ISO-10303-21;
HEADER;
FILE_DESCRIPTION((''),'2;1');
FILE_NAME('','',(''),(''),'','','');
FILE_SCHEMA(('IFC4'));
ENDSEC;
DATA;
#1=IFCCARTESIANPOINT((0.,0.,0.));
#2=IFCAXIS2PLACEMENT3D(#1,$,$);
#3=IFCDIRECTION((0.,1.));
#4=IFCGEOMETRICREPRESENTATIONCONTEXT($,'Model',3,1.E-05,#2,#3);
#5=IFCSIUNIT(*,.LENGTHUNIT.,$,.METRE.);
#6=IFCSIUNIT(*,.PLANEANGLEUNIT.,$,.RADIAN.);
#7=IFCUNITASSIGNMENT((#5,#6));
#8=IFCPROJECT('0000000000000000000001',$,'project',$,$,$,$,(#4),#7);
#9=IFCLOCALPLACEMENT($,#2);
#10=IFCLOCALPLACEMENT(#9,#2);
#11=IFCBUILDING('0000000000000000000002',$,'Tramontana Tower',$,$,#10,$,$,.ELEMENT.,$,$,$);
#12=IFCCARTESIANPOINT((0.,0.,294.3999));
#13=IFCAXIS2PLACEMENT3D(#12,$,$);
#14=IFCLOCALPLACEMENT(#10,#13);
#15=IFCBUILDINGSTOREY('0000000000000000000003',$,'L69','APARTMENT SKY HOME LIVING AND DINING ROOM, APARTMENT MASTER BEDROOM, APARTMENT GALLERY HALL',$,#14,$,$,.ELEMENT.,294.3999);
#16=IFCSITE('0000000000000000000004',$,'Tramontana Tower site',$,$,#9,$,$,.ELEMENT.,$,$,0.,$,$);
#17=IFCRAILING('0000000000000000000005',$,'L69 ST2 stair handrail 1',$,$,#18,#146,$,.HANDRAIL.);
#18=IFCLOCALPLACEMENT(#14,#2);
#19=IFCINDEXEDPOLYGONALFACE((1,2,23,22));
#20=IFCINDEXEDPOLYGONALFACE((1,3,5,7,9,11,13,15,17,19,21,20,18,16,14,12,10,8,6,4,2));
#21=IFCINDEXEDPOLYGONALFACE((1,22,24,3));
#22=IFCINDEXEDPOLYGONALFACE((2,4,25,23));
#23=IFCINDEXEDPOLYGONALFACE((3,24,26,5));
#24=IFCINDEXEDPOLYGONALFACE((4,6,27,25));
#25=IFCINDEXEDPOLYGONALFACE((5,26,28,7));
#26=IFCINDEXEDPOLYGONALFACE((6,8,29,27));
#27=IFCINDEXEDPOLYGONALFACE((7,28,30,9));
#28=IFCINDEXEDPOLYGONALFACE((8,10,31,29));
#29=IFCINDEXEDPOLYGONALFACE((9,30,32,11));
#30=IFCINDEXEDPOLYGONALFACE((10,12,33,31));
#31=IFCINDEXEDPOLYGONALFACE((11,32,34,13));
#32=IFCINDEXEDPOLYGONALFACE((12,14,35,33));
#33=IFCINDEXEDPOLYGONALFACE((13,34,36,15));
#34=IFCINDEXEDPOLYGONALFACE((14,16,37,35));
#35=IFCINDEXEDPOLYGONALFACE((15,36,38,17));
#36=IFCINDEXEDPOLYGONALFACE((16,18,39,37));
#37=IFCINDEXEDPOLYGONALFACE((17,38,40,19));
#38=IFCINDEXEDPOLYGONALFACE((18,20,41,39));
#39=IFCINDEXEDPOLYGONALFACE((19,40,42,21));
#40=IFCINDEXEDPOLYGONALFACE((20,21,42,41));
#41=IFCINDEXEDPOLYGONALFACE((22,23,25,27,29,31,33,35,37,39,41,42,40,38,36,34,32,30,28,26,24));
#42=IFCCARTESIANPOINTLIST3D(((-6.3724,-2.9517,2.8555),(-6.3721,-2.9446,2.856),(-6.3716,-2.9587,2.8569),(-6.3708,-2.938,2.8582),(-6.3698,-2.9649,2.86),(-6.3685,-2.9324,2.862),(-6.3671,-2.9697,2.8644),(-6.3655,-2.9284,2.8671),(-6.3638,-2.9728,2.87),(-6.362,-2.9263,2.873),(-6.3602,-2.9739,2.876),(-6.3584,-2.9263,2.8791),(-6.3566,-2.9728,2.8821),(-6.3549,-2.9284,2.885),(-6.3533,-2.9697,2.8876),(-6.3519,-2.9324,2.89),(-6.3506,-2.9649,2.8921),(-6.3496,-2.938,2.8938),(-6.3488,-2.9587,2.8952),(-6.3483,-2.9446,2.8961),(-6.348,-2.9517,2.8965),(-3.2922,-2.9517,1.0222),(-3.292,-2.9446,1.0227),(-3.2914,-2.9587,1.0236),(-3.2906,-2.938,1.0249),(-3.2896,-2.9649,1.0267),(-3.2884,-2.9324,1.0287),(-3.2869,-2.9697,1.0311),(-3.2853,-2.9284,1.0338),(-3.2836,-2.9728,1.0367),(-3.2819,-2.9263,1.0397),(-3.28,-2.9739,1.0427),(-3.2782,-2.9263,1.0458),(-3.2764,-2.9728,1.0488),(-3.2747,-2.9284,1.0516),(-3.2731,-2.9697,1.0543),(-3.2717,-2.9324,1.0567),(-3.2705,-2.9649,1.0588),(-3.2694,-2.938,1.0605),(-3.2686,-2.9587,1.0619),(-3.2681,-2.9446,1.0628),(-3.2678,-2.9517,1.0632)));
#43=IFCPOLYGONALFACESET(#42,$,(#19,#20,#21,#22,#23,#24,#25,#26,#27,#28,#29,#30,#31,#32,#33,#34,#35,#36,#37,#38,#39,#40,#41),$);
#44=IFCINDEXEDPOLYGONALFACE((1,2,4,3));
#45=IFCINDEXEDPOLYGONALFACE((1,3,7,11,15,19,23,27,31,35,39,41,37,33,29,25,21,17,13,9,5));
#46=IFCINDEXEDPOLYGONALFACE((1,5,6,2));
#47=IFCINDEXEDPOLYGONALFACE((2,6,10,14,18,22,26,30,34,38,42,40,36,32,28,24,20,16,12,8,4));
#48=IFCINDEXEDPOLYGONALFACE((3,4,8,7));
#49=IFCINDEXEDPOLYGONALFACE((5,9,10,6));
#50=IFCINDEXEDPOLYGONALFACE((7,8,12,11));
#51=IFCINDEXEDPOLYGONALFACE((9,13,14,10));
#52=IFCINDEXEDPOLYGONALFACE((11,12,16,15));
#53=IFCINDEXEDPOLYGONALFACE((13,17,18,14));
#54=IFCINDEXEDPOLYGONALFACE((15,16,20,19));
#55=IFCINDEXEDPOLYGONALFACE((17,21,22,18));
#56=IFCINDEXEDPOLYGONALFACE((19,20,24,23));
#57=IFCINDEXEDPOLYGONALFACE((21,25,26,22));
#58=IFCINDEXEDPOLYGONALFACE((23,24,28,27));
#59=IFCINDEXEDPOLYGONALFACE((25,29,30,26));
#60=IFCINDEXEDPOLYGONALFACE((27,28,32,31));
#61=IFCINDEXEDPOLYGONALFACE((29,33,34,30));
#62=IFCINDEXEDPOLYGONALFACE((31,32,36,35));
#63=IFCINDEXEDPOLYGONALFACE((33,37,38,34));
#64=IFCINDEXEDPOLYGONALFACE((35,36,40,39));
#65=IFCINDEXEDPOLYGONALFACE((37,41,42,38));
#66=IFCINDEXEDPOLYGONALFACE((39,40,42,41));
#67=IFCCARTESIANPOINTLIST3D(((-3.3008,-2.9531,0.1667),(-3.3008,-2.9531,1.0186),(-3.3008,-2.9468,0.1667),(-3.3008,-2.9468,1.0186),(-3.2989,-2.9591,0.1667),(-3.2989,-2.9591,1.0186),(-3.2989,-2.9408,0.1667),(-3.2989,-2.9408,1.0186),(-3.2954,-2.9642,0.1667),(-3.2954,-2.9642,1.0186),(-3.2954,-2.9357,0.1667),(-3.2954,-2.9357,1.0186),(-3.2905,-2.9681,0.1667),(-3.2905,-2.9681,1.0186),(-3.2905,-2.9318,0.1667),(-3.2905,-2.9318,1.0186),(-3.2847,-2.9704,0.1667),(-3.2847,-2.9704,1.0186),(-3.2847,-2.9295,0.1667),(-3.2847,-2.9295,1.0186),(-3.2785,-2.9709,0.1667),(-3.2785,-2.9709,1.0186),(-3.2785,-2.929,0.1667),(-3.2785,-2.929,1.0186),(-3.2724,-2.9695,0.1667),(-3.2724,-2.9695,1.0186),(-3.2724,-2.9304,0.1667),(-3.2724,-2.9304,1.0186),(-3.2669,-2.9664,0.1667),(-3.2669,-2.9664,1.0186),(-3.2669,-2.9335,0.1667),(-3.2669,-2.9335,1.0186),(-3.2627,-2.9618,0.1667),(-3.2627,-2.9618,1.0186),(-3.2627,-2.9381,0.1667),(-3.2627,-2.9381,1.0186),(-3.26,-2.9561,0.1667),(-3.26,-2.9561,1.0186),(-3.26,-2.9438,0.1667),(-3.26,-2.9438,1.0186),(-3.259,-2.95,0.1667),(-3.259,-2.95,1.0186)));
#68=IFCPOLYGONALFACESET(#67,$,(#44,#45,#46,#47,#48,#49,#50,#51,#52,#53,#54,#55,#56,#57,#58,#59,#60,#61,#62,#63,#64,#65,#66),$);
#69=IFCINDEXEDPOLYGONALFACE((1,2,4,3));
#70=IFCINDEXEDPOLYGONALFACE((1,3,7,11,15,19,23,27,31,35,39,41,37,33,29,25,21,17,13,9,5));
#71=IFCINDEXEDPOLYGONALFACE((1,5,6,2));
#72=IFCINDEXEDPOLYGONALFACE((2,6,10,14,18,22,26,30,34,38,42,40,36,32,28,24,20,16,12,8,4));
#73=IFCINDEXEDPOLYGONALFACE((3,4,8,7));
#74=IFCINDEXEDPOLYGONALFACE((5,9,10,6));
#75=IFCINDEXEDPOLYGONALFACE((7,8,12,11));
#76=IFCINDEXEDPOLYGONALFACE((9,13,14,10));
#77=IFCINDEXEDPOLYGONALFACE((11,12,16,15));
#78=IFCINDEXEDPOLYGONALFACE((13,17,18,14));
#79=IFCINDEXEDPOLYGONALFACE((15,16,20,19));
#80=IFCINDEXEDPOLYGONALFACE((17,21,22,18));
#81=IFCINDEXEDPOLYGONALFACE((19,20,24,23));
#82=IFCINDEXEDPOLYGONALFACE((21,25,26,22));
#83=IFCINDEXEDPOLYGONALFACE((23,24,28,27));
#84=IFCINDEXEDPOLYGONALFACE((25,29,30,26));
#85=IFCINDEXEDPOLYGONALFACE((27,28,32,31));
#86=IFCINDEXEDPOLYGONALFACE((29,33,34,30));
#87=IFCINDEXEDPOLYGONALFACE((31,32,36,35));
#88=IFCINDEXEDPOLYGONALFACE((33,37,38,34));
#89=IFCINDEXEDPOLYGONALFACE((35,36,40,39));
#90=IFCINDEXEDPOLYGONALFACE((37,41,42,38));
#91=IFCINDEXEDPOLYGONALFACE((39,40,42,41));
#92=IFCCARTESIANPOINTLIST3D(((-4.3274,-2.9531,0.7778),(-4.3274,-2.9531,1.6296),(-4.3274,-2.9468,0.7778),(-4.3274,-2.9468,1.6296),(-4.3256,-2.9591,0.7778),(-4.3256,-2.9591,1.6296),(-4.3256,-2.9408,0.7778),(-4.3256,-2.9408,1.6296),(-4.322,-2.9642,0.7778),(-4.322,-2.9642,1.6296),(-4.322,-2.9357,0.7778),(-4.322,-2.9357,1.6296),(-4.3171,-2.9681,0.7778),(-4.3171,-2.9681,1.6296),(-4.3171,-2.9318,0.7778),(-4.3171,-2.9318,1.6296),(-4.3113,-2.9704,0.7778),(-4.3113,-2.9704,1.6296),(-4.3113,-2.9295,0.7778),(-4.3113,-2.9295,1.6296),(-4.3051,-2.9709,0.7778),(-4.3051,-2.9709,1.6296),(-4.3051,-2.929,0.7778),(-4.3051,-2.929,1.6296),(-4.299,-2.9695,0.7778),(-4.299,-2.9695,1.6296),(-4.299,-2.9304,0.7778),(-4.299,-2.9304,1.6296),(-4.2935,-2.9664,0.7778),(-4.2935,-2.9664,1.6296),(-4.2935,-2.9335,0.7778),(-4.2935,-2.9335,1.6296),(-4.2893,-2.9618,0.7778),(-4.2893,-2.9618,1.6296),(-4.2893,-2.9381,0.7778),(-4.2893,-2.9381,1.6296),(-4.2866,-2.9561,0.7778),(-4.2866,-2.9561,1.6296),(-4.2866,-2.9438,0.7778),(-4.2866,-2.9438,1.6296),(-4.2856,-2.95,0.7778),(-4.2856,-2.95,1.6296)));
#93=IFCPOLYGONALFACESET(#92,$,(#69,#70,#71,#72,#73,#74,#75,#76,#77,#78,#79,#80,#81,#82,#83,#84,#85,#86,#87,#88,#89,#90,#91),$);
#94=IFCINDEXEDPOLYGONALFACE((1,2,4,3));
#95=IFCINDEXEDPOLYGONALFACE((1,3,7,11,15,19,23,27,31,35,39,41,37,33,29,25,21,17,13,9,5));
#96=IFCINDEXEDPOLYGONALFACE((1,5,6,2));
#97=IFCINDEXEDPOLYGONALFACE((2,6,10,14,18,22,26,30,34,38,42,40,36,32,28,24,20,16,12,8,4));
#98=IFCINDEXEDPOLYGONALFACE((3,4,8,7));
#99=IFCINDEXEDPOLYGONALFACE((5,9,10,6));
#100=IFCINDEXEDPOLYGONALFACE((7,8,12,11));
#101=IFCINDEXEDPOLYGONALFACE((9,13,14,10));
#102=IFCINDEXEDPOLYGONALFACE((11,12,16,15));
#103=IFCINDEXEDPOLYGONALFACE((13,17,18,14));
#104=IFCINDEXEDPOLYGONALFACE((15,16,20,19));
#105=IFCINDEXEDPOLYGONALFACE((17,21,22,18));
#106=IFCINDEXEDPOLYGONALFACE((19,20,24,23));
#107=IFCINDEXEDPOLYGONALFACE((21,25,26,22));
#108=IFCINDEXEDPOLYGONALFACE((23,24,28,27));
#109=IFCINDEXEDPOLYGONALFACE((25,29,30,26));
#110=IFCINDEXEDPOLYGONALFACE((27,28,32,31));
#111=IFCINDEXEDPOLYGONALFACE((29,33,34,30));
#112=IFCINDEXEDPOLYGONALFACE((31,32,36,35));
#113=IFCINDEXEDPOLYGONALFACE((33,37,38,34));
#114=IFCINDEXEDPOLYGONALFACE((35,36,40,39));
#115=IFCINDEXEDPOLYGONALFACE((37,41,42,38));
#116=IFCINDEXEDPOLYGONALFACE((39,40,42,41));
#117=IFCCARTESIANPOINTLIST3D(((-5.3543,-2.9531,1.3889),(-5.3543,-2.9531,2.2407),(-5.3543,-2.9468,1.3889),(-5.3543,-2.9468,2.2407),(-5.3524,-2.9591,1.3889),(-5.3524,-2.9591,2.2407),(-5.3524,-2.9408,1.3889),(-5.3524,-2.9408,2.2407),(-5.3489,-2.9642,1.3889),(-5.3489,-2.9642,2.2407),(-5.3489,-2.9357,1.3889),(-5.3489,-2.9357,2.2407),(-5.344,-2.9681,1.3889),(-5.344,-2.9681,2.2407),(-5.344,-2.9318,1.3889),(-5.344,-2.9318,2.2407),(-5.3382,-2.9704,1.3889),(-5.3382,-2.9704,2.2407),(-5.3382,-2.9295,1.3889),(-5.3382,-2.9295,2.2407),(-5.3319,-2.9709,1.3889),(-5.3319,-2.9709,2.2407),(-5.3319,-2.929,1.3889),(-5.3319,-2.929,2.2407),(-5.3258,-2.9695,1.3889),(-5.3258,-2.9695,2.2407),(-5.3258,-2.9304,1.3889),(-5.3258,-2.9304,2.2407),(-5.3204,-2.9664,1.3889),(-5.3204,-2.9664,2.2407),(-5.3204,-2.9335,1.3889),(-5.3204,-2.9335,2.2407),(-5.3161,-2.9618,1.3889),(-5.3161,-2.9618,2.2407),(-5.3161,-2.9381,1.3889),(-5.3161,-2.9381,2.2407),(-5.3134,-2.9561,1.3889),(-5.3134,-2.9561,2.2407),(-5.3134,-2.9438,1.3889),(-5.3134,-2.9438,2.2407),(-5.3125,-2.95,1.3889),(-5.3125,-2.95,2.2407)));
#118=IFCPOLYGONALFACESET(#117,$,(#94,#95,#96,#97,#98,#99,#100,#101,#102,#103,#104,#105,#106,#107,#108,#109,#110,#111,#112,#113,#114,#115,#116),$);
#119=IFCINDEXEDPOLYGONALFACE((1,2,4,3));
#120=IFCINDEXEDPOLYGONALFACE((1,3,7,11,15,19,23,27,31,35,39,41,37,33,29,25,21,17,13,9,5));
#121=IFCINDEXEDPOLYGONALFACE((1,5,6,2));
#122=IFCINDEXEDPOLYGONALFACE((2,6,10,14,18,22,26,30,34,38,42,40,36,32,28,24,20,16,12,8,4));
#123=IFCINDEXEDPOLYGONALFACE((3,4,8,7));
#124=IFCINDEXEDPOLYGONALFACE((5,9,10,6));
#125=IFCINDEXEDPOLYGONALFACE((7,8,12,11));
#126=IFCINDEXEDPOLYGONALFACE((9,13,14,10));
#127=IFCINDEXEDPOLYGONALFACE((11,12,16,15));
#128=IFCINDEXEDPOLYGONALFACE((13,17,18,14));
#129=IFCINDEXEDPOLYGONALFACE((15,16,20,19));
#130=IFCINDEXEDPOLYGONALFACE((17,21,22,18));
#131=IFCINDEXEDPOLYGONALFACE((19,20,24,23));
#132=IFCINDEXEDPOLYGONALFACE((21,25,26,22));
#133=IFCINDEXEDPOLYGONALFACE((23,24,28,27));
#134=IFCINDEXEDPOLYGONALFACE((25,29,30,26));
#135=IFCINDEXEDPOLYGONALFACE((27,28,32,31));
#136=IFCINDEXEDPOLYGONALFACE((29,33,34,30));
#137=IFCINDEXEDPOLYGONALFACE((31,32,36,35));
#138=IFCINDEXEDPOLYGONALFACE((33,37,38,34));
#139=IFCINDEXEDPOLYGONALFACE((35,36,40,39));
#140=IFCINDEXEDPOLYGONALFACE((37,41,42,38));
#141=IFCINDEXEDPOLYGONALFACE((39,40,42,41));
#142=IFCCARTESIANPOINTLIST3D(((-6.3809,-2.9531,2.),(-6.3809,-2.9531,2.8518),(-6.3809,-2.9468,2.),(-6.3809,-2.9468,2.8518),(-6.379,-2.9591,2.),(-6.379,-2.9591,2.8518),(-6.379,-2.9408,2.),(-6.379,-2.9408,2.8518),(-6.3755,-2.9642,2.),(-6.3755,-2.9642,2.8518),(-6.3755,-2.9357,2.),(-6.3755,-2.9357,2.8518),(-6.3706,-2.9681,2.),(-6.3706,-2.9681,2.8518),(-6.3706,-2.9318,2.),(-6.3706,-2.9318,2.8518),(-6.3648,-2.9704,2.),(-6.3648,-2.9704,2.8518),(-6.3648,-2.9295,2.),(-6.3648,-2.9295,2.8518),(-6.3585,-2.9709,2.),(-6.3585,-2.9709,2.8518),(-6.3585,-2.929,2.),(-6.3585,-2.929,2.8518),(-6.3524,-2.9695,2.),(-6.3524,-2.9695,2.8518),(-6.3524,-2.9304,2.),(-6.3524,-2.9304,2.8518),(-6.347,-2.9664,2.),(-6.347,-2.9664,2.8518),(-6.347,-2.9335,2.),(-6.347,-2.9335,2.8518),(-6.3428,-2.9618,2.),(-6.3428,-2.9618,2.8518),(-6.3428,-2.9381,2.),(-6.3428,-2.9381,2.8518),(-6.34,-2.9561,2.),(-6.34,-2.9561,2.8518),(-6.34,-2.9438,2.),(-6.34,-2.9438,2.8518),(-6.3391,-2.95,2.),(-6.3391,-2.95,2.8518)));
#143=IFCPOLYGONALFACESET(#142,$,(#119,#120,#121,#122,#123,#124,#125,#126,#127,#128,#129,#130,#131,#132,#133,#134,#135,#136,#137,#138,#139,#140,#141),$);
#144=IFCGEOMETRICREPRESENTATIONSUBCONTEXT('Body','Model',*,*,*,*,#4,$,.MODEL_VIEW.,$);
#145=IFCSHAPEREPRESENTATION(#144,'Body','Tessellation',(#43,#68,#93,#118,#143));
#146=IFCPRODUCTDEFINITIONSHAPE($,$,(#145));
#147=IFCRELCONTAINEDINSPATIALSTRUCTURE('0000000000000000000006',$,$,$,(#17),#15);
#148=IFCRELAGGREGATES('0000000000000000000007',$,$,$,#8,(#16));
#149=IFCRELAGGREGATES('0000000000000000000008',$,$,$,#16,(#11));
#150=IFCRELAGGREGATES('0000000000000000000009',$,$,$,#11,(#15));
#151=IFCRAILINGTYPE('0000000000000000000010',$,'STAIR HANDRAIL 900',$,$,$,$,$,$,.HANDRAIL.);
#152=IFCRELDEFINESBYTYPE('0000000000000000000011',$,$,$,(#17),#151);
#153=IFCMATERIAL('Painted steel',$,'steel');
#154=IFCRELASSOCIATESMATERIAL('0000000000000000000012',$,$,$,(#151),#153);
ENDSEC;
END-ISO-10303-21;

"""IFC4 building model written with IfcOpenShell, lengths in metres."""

from ifc_helpers import new_model, si_unit, direction, frame, origin, origin_2d, place, context, subcontext, project, spatial, circle, extrude, material, type_object, element, save


model = new_model("IFC4")

# Units and contexts
model_context = context("Model", 3, precision=1e-05, world=origin(), true_north=direction((0.0, 1.0)))
body_context = subcontext(model_context, "Body", "Model", "MODEL_VIEW")
ifc_project = project(units=[si_unit("LENGTHUNIT", "METRE"), si_unit("PLANEANGLEUNIT", "RADIAN")], contexts=[model_context])

# Site, building, storey
site_placement = place(None, origin())
site = spatial("IfcSite", under=ifc_project, at=site_placement, Name="Tramontana Tower site", CompositionType="ELEMENT", RefElevation=0.0)
building_placement = place(site_placement, origin())
building = spatial("IfcBuilding", under=site, at=building_placement, Name="Tramontana Tower", CompositionType="ELEMENT")
storey_placement = place(building_placement, frame((0.0, 0.0, 294.3999)))
storey = spatial("IfcBuildingStorey", under=building, at=storey_placement, Name="L69", Description="APARTMENT SKY HOME LIVING AND DINING ROOM, APARTMENT MASTER BEDROOM, APARTMENT GALLERY HALL", CompositionType="ELEMENT", Elevation=294.3999)

# Railing
ifc_material_1 = material(Name="Painted steel", Category="steel")
railing_type_1 = type_object("IfcRailingType", Name="STAIR HANDRAIL 900", PredefinedType="HANDRAIL", material=ifc_material_1)
railing_1_placement = place(storey_placement, frame((-3.28, -2.95, 0.1667)))
element("IfcRailing", 1, at=railing_1_placement, inside=storey, type_object=railing_type_1, Name="L69 ST2 stair handrail 1", PredefinedType="HANDRAIL", context=body_context, shape_type="SweptSolid", body=[
    extrude(circle(Radius=0.0239, at=origin_2d()), frame((0.0, 0.0, 0.876), z_axis=(-0.859309, 0.0, 0.511458), x_axis=(0.0, -1.0, 0.0)), (0.0, 0.0, 1.0), 3.5845),
    extrude(circle(Radius=0.021, at=origin_2d()), origin(), (0.0, 0.0, 1.0), 0.8518),
    extrude(circle(Radius=0.021, at=origin_2d()), frame((-1.0266, 0.0, 0.6111)), (0.0, 0.0, 1.0), 0.8518),
    extrude(circle(Radius=0.021, at=origin_2d()), frame((-2.0535, 0.0, 1.2222)), (0.0, 0.0, 1.0), 0.8518),
    extrude(circle(Radius=0.021, at=origin_2d()), frame((-3.0801, 0.0, 1.8333)), (0.0, 0.0, 1.0), 0.8518),
])

save(model, "model.ifc")
